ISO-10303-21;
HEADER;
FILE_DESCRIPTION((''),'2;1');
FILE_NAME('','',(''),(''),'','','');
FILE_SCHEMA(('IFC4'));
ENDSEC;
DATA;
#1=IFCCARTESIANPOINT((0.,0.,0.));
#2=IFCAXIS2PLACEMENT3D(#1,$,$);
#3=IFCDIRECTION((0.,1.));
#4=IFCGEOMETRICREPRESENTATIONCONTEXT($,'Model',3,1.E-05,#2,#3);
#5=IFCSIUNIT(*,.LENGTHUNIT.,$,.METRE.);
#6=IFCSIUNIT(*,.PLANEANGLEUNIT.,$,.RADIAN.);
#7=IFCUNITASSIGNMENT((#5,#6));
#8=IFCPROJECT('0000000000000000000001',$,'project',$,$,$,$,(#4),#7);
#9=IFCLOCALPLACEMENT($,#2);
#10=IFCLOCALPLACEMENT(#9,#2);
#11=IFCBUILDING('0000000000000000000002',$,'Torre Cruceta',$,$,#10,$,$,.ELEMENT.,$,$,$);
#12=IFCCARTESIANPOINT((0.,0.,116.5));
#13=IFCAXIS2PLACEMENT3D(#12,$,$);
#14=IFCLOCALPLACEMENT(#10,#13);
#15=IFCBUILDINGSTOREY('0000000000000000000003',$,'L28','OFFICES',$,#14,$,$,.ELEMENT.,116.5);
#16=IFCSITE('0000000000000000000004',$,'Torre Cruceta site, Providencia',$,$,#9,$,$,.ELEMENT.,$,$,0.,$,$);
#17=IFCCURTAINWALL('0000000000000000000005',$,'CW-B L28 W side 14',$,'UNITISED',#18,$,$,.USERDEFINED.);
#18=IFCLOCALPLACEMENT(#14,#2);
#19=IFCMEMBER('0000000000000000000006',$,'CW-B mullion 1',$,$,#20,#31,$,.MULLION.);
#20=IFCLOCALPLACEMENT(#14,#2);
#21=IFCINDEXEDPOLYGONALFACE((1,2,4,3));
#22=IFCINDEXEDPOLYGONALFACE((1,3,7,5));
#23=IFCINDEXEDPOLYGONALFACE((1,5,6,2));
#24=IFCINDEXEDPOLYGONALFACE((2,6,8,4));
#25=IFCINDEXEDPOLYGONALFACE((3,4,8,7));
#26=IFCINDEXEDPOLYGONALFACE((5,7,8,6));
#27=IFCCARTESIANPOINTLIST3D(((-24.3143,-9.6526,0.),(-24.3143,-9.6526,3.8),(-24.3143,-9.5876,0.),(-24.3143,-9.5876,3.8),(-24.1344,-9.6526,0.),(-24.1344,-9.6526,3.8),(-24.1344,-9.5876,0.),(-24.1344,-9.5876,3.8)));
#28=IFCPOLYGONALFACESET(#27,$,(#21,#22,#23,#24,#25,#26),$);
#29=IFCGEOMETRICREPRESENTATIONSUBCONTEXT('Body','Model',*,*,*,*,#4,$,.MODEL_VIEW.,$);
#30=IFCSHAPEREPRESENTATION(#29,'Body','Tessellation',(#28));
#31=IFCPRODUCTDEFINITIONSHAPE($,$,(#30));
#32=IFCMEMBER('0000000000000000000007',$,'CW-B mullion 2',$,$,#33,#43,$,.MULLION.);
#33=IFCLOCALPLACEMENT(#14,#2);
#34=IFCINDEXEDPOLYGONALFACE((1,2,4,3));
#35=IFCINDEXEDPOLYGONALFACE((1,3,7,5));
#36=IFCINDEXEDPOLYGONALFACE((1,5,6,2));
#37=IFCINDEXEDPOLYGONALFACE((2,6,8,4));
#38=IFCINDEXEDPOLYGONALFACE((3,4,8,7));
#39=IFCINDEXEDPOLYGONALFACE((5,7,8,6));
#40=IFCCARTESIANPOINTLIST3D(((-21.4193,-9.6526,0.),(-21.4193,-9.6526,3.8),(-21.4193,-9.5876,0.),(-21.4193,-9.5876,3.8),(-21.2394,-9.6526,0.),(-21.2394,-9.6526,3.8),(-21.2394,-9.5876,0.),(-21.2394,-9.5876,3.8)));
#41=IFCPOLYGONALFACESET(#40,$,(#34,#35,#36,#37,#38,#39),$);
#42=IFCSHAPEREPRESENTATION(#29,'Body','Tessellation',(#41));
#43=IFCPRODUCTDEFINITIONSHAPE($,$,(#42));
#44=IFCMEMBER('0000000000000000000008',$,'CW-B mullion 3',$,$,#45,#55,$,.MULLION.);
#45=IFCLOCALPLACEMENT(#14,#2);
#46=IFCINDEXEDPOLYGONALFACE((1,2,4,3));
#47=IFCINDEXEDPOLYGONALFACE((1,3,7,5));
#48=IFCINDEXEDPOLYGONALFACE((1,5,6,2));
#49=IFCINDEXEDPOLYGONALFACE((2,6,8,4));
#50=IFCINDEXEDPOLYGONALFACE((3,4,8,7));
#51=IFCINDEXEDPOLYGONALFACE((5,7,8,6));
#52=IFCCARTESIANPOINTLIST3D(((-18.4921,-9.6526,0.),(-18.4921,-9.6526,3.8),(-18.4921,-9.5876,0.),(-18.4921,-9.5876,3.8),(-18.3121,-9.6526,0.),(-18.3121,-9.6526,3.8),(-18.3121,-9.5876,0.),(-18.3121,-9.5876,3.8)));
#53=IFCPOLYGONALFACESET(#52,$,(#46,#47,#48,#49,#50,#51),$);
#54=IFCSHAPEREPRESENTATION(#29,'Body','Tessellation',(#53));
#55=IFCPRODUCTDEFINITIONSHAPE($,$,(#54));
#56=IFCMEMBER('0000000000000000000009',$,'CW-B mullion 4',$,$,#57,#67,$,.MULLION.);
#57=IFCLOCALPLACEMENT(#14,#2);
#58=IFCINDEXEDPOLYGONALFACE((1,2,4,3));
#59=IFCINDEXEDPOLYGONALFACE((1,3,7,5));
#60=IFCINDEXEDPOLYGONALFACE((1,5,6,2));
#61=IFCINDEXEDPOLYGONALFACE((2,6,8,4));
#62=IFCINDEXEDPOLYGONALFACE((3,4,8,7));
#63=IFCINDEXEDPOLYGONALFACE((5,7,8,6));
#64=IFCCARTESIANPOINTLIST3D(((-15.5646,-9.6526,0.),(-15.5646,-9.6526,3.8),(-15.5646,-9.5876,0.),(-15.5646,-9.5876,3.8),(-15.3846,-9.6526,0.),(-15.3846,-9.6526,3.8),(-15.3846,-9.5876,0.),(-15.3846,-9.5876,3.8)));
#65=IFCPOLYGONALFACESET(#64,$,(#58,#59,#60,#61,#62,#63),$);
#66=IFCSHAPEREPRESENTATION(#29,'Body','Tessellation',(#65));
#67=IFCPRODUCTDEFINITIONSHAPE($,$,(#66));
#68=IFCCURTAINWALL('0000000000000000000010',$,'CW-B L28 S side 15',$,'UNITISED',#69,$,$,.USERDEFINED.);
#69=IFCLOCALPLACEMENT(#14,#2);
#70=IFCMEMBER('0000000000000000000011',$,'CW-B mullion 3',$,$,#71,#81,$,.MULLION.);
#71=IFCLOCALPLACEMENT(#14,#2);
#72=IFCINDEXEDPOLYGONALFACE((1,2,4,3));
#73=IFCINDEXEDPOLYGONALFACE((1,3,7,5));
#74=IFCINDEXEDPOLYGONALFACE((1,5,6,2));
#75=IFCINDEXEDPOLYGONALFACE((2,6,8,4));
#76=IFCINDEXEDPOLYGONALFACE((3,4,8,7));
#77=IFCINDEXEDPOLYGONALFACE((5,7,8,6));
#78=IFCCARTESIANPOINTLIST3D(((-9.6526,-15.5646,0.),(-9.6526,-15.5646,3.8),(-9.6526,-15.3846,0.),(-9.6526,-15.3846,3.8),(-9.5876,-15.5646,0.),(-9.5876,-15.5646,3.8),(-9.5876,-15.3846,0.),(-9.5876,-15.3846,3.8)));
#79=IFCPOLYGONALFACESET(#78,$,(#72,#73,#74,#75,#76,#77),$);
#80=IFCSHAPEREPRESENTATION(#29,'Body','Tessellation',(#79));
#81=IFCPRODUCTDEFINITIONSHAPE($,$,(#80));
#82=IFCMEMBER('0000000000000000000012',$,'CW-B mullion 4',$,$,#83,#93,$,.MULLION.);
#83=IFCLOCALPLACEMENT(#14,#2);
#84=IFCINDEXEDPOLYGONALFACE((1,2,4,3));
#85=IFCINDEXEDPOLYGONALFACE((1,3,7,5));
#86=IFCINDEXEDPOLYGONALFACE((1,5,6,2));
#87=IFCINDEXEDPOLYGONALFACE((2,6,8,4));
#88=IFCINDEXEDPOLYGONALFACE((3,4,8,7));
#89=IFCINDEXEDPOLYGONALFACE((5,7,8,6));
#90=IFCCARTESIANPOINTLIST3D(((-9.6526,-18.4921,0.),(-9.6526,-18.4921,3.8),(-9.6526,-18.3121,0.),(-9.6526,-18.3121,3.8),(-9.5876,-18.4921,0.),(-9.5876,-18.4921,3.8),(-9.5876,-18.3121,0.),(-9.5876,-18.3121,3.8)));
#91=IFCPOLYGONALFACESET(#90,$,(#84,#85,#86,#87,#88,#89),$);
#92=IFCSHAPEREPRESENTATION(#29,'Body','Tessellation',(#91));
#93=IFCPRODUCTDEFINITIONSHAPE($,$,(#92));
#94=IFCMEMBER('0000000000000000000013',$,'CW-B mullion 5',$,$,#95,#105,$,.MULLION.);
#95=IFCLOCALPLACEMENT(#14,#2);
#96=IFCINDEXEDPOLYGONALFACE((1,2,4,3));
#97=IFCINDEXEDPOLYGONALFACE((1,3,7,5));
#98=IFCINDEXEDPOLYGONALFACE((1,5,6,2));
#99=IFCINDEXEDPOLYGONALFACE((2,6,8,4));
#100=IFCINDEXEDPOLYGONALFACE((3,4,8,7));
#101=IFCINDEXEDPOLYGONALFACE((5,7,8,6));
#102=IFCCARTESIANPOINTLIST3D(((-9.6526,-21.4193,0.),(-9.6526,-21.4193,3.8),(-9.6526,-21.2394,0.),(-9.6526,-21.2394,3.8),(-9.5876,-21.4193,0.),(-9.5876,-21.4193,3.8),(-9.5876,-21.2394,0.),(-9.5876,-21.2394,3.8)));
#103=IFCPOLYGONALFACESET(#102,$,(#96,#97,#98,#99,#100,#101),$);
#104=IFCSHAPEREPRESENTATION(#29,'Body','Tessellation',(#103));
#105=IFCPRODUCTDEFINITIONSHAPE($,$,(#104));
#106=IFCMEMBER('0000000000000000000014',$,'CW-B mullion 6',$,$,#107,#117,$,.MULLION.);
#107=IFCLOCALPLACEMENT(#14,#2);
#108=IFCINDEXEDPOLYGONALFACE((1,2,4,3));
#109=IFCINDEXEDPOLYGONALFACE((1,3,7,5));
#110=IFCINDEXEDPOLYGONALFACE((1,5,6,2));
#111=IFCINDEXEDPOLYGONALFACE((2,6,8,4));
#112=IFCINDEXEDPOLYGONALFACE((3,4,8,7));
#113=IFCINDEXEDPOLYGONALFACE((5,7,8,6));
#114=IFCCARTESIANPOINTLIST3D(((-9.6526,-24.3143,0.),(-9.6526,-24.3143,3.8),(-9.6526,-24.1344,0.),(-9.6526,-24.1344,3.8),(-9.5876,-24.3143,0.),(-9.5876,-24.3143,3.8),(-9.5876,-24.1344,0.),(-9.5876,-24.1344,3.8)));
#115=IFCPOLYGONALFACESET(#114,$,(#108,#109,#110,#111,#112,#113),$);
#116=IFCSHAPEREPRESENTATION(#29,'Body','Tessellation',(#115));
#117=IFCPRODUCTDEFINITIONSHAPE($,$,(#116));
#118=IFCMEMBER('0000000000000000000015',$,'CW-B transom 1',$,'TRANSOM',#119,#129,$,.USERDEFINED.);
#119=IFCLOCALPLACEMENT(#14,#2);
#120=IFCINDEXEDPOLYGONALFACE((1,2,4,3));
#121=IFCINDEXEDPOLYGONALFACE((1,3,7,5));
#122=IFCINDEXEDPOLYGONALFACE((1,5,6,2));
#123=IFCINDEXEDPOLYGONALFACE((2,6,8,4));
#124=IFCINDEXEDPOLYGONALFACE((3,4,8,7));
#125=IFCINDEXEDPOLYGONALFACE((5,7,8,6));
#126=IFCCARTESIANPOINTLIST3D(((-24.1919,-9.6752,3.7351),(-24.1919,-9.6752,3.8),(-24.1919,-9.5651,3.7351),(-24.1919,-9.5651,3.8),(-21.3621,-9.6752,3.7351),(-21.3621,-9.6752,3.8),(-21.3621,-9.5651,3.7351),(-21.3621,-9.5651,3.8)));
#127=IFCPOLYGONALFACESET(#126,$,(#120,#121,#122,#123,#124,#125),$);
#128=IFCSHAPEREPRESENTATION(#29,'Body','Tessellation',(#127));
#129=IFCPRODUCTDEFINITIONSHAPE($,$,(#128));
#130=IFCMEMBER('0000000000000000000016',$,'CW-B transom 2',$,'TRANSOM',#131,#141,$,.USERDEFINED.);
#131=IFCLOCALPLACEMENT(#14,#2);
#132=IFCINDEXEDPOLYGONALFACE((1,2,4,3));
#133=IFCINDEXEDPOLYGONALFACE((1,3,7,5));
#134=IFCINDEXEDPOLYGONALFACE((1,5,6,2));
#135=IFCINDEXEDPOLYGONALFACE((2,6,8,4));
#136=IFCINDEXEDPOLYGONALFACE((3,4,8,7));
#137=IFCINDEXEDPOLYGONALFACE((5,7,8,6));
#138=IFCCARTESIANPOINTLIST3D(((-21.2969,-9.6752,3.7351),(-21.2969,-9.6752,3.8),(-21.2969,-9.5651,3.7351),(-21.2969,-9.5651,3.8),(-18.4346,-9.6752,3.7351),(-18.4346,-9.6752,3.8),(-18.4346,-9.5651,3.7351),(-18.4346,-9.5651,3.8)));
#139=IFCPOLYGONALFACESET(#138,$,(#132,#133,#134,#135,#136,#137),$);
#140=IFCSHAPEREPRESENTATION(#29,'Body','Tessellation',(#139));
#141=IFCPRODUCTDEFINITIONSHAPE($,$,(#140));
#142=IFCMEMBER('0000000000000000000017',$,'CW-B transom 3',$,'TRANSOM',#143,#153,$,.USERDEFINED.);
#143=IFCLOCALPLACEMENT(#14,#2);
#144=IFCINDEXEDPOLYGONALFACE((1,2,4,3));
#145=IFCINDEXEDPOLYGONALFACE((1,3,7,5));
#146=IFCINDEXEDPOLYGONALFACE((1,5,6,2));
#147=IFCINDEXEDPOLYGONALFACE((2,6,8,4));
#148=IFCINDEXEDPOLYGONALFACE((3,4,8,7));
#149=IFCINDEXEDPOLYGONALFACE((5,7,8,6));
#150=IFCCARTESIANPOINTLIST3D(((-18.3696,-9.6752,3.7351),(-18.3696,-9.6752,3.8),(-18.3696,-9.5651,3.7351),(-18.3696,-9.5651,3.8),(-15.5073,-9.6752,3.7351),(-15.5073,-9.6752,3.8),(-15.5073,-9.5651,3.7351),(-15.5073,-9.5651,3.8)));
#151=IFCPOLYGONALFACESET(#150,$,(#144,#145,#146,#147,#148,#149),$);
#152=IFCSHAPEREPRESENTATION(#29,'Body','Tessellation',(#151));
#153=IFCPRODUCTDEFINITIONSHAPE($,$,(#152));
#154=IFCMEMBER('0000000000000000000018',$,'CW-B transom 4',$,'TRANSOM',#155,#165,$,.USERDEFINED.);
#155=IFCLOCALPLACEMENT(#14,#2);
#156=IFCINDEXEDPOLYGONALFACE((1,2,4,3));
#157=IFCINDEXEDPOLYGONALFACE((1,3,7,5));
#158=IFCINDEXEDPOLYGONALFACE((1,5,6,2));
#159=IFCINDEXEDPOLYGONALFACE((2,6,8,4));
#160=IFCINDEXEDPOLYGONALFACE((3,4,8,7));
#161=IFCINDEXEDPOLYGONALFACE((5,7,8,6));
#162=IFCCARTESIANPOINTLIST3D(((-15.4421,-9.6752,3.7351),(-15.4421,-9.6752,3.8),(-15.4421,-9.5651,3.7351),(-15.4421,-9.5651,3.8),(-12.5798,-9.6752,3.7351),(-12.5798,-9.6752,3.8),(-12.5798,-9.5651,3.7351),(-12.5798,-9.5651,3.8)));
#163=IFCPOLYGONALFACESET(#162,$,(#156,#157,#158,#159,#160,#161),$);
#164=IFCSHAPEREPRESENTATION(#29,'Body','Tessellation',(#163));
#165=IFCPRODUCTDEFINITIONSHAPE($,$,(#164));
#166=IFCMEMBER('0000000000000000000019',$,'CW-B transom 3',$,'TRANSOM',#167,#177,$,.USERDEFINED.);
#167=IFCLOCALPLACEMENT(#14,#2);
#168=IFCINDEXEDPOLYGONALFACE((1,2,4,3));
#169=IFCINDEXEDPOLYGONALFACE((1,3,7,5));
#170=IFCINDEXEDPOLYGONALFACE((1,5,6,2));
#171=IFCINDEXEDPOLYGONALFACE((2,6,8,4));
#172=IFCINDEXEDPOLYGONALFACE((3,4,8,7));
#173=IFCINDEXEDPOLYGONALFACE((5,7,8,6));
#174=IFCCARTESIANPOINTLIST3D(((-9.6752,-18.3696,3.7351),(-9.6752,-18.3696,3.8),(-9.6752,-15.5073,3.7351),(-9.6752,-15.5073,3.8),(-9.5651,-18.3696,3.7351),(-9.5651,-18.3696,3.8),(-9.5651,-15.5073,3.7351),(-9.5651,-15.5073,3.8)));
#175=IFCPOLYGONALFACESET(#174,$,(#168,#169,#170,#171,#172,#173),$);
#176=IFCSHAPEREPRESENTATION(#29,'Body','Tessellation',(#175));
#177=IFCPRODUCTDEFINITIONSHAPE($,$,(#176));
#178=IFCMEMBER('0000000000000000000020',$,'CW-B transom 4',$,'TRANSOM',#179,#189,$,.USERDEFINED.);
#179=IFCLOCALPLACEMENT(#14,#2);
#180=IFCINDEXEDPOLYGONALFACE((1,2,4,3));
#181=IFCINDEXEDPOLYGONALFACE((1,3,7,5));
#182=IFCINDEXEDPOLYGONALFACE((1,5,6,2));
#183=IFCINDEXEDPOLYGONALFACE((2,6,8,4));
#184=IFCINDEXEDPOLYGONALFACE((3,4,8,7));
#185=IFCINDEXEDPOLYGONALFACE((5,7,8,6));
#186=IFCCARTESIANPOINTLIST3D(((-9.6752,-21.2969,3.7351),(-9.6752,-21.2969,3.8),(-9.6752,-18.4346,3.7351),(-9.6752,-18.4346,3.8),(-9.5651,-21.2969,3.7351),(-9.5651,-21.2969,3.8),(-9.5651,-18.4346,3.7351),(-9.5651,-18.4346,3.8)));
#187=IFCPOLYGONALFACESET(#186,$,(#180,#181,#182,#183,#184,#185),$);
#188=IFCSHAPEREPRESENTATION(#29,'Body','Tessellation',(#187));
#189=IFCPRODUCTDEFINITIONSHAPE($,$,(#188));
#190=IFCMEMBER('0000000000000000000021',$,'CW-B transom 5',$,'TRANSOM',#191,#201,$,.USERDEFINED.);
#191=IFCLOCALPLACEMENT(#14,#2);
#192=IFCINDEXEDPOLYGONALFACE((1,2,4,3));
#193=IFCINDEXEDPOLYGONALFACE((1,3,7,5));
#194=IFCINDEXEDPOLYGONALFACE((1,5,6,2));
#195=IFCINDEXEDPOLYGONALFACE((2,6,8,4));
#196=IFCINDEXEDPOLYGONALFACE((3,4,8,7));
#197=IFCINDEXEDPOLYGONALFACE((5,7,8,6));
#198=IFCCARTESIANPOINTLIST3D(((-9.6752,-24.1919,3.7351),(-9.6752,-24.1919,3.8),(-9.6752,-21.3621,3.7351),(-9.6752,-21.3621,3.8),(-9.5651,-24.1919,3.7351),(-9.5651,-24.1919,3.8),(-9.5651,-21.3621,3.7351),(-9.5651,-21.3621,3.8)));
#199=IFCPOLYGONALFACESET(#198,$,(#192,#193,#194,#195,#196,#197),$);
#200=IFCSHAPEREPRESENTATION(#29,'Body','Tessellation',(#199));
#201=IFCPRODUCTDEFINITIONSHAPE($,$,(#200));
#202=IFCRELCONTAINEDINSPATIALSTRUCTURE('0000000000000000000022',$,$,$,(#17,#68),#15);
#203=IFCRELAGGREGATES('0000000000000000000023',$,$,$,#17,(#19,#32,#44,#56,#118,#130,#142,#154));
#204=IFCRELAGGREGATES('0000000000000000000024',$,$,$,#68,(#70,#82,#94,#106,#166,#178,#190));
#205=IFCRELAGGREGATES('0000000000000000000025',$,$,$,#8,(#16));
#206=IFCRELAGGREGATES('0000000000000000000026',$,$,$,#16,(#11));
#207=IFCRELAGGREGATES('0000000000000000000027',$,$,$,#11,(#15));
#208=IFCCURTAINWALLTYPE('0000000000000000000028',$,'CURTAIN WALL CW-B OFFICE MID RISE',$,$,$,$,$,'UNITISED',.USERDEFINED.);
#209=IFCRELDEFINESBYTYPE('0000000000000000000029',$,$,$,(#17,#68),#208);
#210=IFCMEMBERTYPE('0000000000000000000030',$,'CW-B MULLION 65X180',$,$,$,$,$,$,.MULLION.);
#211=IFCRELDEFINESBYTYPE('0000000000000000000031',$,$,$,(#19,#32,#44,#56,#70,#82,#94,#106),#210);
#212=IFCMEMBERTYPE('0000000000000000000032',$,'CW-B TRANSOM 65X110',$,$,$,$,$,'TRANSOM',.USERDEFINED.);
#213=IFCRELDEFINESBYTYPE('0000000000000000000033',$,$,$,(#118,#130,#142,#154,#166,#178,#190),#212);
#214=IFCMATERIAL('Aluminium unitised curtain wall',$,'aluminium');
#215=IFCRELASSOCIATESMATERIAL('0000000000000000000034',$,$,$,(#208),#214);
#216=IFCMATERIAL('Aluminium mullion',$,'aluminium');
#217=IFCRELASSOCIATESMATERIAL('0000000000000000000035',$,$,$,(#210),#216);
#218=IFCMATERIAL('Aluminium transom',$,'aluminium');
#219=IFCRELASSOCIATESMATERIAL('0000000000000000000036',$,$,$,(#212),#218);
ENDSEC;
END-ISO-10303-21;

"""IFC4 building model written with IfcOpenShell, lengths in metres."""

from ifc_helpers import new_model, si_unit, direction, frame, origin, origin_2d, place, context, subcontext, project, spatial, rectangle, extrude, material, material_profile, profile_set, type_object, element, aggregate, save


model = new_model("IFC4")

# Units and contexts
model_context = context("Model", 3, precision=1e-05, world=origin(), true_north=direction((0.0, 1.0)))
body_context = subcontext(model_context, "Body", "Model", "MODEL_VIEW")
ifc_project = project(units=[si_unit("LENGTHUNIT", "METRE"), si_unit("PLANEANGLEUNIT", "RADIAN")], contexts=[model_context])

# Site, building, storey
site_placement = place(None, origin())
site = spatial("IfcSite", under=ifc_project, at=site_placement, Name="Torre Cruceta site, Providencia", CompositionType="ELEMENT", RefElevation=0.0)
building_placement = place(site_placement, origin())
building = spatial("IfcBuilding", under=site, at=building_placement, Name="Torre Cruceta", CompositionType="ELEMENT")
storey_placement = place(building_placement, frame((0.0, 0.0, 116.5)))
storey = spatial("IfcBuildingStorey", under=building, at=storey_placement, Name="L28", Description="OFFICES", CompositionType="ELEMENT", Elevation=116.5)

# Curtain walls, members
ifc_material_1 = material(Name="Aluminium unitised curtain wall", Category="aluminium")
curtain_wall_type = type_object("IfcCurtainWallType", Name="CURTAIN WALL CW-B OFFICE MID RISE", ElementType="UNITISED", PredefinedType="USERDEFINED", material=ifc_material_1)
curtain_wall_1_placement = place(storey_placement, origin())
curtain_wall_1 = element("IfcCurtainWall", 1, at=curtain_wall_1_placement, inside=storey, type_object=curtain_wall_type, Name="CW-B L28 W side 14", ObjectType="UNITISED", PredefinedType="USERDEFINED")
ifc_material_2 = material(Name="Aluminium mullion", Category="aluminium")
ifc_material_profile_1 = material_profile(ifc_material_2, rectangle(XDim=0.0649, YDim=0.1799, at=origin_2d()), Name="AL 65X180")
ifc_profile_set_1 = profile_set([ifc_material_profile_1], Name="Aluminium mullion")
member_type_1 = type_object("IfcMemberType", Name="CW-B MULLION 65X180", PredefinedType="MULLION", material=ifc_profile_set_1)
member_1_placement = place(storey_placement, frame((-24.2244, -9.6201, 0.0), z_axis=(0.0, 0.0, 1.0), x_axis=(0.0, 1.0, 0.0)))
member_1 = element("IfcMember", 2, at=member_1_placement, type_object=member_type_1, Name="CW-B mullion 1", PredefinedType="MULLION", context=body_context, shape_type="SweptSolid", body=[
    extrude(rectangle(XDim=0.0649, YDim=0.1799, at=origin_2d()), origin(), (0.0, 0.0, 1.0), 3.8),
])
member_2_placement = place(storey_placement, frame((-21.3293, -9.6201, 0.0), z_axis=(0.0, 0.0, 1.0), x_axis=(0.0, 1.0, 0.0)))
member_2 = element("IfcMember", 3, at=member_2_placement, type_object=member_type_1, Name="CW-B mullion 2", PredefinedType="MULLION", context=body_context, shape_type="SweptSolid", body=[
    extrude(rectangle(XDim=0.0649, YDim=0.1799, at=origin_2d()), origin(), (0.0, 0.0, 1.0), 3.8),
])
member_3_placement = place(storey_placement, frame((-18.4021, -9.6201, 0.0), z_axis=(0.0, 0.0, 1.0), x_axis=(0.0, 1.0, 0.0)))
member_3 = element("IfcMember", 4, at=member_3_placement, type_object=member_type_1, Name="CW-B mullion 3", PredefinedType="MULLION", context=body_context, shape_type="SweptSolid", body=[
    extrude(rectangle(XDim=0.0649, YDim=0.1799, at=origin_2d()), origin(), (0.0, 0.0, 1.0), 3.8),
])
member_4_placement = place(storey_placement, frame((-15.4746, -9.6201, 0.0), z_axis=(0.0, 0.0, 1.0), x_axis=(0.0, 1.0, 0.0)))
member_4 = element("IfcMember", 5, at=member_4_placement, type_object=member_type_1, Name="CW-B mullion 4", PredefinedType="MULLION", context=body_context, shape_type="SweptSolid", body=[
    extrude(rectangle(XDim=0.0649, YDim=0.1799, at=origin_2d()), origin(), (0.0, 0.0, 1.0), 3.8),
])
curtain_wall_2_placement = place(storey_placement, origin())
curtain_wall_2 = element("IfcCurtainWall", 6, at=curtain_wall_2_placement, inside=storey, type_object=curtain_wall_type, Name="CW-B L28 S side 15", ObjectType="UNITISED", PredefinedType="USERDEFINED")
member_5_placement = place(storey_placement, frame((-9.6201, -15.4746, 0.0), z_axis=(0.0, 0.0, 1.0), x_axis=(1.0, 0.0, 0.0)))
member_5 = element("IfcMember", 7, at=member_5_placement, type_object=member_type_1, Name="CW-B mullion 3", PredefinedType="MULLION", context=body_context, shape_type="SweptSolid", body=[
    extrude(rectangle(XDim=0.0649, YDim=0.1799, at=origin_2d()), origin(), (0.0, 0.0, 1.0), 3.8),
])
member_6_placement = place(storey_placement, frame((-9.6201, -18.4021, 0.0), z_axis=(0.0, 0.0, 1.0), x_axis=(1.0, 0.0, 0.0)))
member_6 = element("IfcMember", 8, at=member_6_placement, type_object=member_type_1, Name="CW-B mullion 4", PredefinedType="MULLION", context=body_context, shape_type="SweptSolid", body=[
    extrude(rectangle(XDim=0.0649, YDim=0.1799, at=origin_2d()), origin(), (0.0, 0.0, 1.0), 3.8),
])
member_7_placement = place(storey_placement, frame((-9.6201, -21.3293, 0.0), z_axis=(0.0, 0.0, 1.0), x_axis=(1.0, 0.0, 0.0)))
member_7 = element("IfcMember", 9, at=member_7_placement, type_object=member_type_1, Name="CW-B mullion 5", PredefinedType="MULLION", context=body_context, shape_type="SweptSolid", body=[
    extrude(rectangle(XDim=0.0649, YDim=0.1799, at=origin_2d()), origin(), (0.0, 0.0, 1.0), 3.8),
])
member_8_placement = place(storey_placement, frame((-9.6201, -24.2244, 0.0), z_axis=(0.0, 0.0, 1.0), x_axis=(1.0, 0.0, 0.0)))
member_8 = element("IfcMember", 10, at=member_8_placement, type_object=member_type_1, Name="CW-B mullion 6", PredefinedType="MULLION", context=body_context, shape_type="SweptSolid", body=[
    extrude(rectangle(XDim=0.0649, YDim=0.1799, at=origin_2d()), origin(), (0.0, 0.0, 1.0), 3.8),
])

# Members
ifc_material_3 = material(Name="Aluminium transom", Category="aluminium")
ifc_material_profile_2 = material_profile(ifc_material_3, rectangle(XDim=0.1101, YDim=0.0649, at=origin_2d()), Name="AL 110X65")
ifc_profile_set_2 = profile_set([ifc_material_profile_2], Name="Aluminium transom")
member_type_2 = type_object("IfcMemberType", Name="CW-B TRANSOM 65X110", ElementType="TRANSOM", PredefinedType="USERDEFINED", material=ifc_profile_set_2)
member_9_placement = place(storey_placement, frame((-24.1919, -9.6201, 3.7676), z_axis=(1.0, 0.0, 0.0), x_axis=(0.0, 1.0, 0.0)))
member_9 = element("IfcMember", 11, at=member_9_placement, type_object=member_type_2, Name="CW-B transom 1", ObjectType="TRANSOM", PredefinedType="USERDEFINED", context=body_context, shape_type="SweptSolid", body=[
    extrude(rectangle(XDim=0.1101, YDim=0.0649, at=origin_2d()), origin(), (0.0, 0.0, 1.0), 2.8298),
])
member_10_placement = place(storey_placement, frame((-21.2969, -9.6201, 3.7676), z_axis=(1.0, 0.0, 0.0), x_axis=(0.0, 1.0, 0.0)))
member_10 = element("IfcMember", 12, at=member_10_placement, type_object=member_type_2, Name="CW-B transom 2", ObjectType="TRANSOM", PredefinedType="USERDEFINED", context=body_context, shape_type="SweptSolid", body=[
    extrude(rectangle(XDim=0.1101, YDim=0.0649, at=origin_2d()), origin(), (0.0, 0.0, 1.0), 2.8623),
])
member_11_placement = place(storey_placement, frame((-18.3696, -9.6201, 3.7676), z_axis=(1.0, 0.0, 0.0), x_axis=(0.0, 1.0, 0.0)))
member_11 = element("IfcMember", 13, at=member_11_placement, type_object=member_type_2, Name="CW-B transom 3", ObjectType="TRANSOM", PredefinedType="USERDEFINED", context=body_context, shape_type="SweptSolid", body=[
    extrude(rectangle(XDim=0.1101, YDim=0.0649, at=origin_2d()), origin(), (0.0, 0.0, 1.0), 2.8623),
])
member_12_placement = place(storey_placement, frame((-15.4421, -9.6201, 3.7676), z_axis=(1.0, 0.0, 0.0), x_axis=(0.0, 1.0, 0.0)))
member_12 = element("IfcMember", 14, at=member_12_placement, type_object=member_type_2, Name="CW-B transom 4", ObjectType="TRANSOM", PredefinedType="USERDEFINED", context=body_context, shape_type="SweptSolid", body=[
    extrude(rectangle(XDim=0.1101, YDim=0.0649, at=origin_2d()), origin(), (0.0, 0.0, 1.0), 2.8623),
])
member_13_placement = place(storey_placement, frame((-9.6201, -15.5073, 3.7676), z_axis=(0.0, -1.0, 0.0), x_axis=(1.0, 0.0, 0.0)))
member_13 = element("IfcMember", 15, at=member_13_placement, type_object=member_type_2, Name="CW-B transom 3", ObjectType="TRANSOM", PredefinedType="USERDEFINED", context=body_context, shape_type="SweptSolid", body=[
    extrude(rectangle(XDim=0.1101, YDim=0.0649, at=origin_2d()), origin(), (0.0, 0.0, 1.0), 2.8623),
])
member_14_placement = place(storey_placement, frame((-9.6201, -18.4346, 3.7676), z_axis=(0.0, -1.0, 0.0), x_axis=(1.0, 0.0, 0.0)))
member_14 = element("IfcMember", 16, at=member_14_placement, type_object=member_type_2, Name="CW-B transom 4", ObjectType="TRANSOM", PredefinedType="USERDEFINED", context=body_context, shape_type="SweptSolid", body=[
    extrude(rectangle(XDim=0.1101, YDim=0.0649, at=origin_2d()), origin(), (0.0, 0.0, 1.0), 2.8623),
])
member_15_placement = place(storey_placement, frame((-9.6201, -21.3621, 3.7676), z_axis=(0.0, -1.0, 0.0), x_axis=(1.0, 0.0, 0.0)))
member_15 = element("IfcMember", 17, at=member_15_placement, type_object=member_type_2, Name="CW-B transom 5", ObjectType="TRANSOM", PredefinedType="USERDEFINED", context=body_context, shape_type="SweptSolid", body=[
    extrude(rectangle(XDim=0.1101, YDim=0.0649, at=origin_2d()), origin(), (0.0, 0.0, 1.0), 2.8298),
])

aggregate(curtain_wall_1, [member_1, member_2, member_3, member_4, member_9, member_10, member_11, member_12])
aggregate(curtain_wall_2, [member_5, member_6, member_7, member_8, member_13, member_14, member_15])

save(model, "model.ifc")
